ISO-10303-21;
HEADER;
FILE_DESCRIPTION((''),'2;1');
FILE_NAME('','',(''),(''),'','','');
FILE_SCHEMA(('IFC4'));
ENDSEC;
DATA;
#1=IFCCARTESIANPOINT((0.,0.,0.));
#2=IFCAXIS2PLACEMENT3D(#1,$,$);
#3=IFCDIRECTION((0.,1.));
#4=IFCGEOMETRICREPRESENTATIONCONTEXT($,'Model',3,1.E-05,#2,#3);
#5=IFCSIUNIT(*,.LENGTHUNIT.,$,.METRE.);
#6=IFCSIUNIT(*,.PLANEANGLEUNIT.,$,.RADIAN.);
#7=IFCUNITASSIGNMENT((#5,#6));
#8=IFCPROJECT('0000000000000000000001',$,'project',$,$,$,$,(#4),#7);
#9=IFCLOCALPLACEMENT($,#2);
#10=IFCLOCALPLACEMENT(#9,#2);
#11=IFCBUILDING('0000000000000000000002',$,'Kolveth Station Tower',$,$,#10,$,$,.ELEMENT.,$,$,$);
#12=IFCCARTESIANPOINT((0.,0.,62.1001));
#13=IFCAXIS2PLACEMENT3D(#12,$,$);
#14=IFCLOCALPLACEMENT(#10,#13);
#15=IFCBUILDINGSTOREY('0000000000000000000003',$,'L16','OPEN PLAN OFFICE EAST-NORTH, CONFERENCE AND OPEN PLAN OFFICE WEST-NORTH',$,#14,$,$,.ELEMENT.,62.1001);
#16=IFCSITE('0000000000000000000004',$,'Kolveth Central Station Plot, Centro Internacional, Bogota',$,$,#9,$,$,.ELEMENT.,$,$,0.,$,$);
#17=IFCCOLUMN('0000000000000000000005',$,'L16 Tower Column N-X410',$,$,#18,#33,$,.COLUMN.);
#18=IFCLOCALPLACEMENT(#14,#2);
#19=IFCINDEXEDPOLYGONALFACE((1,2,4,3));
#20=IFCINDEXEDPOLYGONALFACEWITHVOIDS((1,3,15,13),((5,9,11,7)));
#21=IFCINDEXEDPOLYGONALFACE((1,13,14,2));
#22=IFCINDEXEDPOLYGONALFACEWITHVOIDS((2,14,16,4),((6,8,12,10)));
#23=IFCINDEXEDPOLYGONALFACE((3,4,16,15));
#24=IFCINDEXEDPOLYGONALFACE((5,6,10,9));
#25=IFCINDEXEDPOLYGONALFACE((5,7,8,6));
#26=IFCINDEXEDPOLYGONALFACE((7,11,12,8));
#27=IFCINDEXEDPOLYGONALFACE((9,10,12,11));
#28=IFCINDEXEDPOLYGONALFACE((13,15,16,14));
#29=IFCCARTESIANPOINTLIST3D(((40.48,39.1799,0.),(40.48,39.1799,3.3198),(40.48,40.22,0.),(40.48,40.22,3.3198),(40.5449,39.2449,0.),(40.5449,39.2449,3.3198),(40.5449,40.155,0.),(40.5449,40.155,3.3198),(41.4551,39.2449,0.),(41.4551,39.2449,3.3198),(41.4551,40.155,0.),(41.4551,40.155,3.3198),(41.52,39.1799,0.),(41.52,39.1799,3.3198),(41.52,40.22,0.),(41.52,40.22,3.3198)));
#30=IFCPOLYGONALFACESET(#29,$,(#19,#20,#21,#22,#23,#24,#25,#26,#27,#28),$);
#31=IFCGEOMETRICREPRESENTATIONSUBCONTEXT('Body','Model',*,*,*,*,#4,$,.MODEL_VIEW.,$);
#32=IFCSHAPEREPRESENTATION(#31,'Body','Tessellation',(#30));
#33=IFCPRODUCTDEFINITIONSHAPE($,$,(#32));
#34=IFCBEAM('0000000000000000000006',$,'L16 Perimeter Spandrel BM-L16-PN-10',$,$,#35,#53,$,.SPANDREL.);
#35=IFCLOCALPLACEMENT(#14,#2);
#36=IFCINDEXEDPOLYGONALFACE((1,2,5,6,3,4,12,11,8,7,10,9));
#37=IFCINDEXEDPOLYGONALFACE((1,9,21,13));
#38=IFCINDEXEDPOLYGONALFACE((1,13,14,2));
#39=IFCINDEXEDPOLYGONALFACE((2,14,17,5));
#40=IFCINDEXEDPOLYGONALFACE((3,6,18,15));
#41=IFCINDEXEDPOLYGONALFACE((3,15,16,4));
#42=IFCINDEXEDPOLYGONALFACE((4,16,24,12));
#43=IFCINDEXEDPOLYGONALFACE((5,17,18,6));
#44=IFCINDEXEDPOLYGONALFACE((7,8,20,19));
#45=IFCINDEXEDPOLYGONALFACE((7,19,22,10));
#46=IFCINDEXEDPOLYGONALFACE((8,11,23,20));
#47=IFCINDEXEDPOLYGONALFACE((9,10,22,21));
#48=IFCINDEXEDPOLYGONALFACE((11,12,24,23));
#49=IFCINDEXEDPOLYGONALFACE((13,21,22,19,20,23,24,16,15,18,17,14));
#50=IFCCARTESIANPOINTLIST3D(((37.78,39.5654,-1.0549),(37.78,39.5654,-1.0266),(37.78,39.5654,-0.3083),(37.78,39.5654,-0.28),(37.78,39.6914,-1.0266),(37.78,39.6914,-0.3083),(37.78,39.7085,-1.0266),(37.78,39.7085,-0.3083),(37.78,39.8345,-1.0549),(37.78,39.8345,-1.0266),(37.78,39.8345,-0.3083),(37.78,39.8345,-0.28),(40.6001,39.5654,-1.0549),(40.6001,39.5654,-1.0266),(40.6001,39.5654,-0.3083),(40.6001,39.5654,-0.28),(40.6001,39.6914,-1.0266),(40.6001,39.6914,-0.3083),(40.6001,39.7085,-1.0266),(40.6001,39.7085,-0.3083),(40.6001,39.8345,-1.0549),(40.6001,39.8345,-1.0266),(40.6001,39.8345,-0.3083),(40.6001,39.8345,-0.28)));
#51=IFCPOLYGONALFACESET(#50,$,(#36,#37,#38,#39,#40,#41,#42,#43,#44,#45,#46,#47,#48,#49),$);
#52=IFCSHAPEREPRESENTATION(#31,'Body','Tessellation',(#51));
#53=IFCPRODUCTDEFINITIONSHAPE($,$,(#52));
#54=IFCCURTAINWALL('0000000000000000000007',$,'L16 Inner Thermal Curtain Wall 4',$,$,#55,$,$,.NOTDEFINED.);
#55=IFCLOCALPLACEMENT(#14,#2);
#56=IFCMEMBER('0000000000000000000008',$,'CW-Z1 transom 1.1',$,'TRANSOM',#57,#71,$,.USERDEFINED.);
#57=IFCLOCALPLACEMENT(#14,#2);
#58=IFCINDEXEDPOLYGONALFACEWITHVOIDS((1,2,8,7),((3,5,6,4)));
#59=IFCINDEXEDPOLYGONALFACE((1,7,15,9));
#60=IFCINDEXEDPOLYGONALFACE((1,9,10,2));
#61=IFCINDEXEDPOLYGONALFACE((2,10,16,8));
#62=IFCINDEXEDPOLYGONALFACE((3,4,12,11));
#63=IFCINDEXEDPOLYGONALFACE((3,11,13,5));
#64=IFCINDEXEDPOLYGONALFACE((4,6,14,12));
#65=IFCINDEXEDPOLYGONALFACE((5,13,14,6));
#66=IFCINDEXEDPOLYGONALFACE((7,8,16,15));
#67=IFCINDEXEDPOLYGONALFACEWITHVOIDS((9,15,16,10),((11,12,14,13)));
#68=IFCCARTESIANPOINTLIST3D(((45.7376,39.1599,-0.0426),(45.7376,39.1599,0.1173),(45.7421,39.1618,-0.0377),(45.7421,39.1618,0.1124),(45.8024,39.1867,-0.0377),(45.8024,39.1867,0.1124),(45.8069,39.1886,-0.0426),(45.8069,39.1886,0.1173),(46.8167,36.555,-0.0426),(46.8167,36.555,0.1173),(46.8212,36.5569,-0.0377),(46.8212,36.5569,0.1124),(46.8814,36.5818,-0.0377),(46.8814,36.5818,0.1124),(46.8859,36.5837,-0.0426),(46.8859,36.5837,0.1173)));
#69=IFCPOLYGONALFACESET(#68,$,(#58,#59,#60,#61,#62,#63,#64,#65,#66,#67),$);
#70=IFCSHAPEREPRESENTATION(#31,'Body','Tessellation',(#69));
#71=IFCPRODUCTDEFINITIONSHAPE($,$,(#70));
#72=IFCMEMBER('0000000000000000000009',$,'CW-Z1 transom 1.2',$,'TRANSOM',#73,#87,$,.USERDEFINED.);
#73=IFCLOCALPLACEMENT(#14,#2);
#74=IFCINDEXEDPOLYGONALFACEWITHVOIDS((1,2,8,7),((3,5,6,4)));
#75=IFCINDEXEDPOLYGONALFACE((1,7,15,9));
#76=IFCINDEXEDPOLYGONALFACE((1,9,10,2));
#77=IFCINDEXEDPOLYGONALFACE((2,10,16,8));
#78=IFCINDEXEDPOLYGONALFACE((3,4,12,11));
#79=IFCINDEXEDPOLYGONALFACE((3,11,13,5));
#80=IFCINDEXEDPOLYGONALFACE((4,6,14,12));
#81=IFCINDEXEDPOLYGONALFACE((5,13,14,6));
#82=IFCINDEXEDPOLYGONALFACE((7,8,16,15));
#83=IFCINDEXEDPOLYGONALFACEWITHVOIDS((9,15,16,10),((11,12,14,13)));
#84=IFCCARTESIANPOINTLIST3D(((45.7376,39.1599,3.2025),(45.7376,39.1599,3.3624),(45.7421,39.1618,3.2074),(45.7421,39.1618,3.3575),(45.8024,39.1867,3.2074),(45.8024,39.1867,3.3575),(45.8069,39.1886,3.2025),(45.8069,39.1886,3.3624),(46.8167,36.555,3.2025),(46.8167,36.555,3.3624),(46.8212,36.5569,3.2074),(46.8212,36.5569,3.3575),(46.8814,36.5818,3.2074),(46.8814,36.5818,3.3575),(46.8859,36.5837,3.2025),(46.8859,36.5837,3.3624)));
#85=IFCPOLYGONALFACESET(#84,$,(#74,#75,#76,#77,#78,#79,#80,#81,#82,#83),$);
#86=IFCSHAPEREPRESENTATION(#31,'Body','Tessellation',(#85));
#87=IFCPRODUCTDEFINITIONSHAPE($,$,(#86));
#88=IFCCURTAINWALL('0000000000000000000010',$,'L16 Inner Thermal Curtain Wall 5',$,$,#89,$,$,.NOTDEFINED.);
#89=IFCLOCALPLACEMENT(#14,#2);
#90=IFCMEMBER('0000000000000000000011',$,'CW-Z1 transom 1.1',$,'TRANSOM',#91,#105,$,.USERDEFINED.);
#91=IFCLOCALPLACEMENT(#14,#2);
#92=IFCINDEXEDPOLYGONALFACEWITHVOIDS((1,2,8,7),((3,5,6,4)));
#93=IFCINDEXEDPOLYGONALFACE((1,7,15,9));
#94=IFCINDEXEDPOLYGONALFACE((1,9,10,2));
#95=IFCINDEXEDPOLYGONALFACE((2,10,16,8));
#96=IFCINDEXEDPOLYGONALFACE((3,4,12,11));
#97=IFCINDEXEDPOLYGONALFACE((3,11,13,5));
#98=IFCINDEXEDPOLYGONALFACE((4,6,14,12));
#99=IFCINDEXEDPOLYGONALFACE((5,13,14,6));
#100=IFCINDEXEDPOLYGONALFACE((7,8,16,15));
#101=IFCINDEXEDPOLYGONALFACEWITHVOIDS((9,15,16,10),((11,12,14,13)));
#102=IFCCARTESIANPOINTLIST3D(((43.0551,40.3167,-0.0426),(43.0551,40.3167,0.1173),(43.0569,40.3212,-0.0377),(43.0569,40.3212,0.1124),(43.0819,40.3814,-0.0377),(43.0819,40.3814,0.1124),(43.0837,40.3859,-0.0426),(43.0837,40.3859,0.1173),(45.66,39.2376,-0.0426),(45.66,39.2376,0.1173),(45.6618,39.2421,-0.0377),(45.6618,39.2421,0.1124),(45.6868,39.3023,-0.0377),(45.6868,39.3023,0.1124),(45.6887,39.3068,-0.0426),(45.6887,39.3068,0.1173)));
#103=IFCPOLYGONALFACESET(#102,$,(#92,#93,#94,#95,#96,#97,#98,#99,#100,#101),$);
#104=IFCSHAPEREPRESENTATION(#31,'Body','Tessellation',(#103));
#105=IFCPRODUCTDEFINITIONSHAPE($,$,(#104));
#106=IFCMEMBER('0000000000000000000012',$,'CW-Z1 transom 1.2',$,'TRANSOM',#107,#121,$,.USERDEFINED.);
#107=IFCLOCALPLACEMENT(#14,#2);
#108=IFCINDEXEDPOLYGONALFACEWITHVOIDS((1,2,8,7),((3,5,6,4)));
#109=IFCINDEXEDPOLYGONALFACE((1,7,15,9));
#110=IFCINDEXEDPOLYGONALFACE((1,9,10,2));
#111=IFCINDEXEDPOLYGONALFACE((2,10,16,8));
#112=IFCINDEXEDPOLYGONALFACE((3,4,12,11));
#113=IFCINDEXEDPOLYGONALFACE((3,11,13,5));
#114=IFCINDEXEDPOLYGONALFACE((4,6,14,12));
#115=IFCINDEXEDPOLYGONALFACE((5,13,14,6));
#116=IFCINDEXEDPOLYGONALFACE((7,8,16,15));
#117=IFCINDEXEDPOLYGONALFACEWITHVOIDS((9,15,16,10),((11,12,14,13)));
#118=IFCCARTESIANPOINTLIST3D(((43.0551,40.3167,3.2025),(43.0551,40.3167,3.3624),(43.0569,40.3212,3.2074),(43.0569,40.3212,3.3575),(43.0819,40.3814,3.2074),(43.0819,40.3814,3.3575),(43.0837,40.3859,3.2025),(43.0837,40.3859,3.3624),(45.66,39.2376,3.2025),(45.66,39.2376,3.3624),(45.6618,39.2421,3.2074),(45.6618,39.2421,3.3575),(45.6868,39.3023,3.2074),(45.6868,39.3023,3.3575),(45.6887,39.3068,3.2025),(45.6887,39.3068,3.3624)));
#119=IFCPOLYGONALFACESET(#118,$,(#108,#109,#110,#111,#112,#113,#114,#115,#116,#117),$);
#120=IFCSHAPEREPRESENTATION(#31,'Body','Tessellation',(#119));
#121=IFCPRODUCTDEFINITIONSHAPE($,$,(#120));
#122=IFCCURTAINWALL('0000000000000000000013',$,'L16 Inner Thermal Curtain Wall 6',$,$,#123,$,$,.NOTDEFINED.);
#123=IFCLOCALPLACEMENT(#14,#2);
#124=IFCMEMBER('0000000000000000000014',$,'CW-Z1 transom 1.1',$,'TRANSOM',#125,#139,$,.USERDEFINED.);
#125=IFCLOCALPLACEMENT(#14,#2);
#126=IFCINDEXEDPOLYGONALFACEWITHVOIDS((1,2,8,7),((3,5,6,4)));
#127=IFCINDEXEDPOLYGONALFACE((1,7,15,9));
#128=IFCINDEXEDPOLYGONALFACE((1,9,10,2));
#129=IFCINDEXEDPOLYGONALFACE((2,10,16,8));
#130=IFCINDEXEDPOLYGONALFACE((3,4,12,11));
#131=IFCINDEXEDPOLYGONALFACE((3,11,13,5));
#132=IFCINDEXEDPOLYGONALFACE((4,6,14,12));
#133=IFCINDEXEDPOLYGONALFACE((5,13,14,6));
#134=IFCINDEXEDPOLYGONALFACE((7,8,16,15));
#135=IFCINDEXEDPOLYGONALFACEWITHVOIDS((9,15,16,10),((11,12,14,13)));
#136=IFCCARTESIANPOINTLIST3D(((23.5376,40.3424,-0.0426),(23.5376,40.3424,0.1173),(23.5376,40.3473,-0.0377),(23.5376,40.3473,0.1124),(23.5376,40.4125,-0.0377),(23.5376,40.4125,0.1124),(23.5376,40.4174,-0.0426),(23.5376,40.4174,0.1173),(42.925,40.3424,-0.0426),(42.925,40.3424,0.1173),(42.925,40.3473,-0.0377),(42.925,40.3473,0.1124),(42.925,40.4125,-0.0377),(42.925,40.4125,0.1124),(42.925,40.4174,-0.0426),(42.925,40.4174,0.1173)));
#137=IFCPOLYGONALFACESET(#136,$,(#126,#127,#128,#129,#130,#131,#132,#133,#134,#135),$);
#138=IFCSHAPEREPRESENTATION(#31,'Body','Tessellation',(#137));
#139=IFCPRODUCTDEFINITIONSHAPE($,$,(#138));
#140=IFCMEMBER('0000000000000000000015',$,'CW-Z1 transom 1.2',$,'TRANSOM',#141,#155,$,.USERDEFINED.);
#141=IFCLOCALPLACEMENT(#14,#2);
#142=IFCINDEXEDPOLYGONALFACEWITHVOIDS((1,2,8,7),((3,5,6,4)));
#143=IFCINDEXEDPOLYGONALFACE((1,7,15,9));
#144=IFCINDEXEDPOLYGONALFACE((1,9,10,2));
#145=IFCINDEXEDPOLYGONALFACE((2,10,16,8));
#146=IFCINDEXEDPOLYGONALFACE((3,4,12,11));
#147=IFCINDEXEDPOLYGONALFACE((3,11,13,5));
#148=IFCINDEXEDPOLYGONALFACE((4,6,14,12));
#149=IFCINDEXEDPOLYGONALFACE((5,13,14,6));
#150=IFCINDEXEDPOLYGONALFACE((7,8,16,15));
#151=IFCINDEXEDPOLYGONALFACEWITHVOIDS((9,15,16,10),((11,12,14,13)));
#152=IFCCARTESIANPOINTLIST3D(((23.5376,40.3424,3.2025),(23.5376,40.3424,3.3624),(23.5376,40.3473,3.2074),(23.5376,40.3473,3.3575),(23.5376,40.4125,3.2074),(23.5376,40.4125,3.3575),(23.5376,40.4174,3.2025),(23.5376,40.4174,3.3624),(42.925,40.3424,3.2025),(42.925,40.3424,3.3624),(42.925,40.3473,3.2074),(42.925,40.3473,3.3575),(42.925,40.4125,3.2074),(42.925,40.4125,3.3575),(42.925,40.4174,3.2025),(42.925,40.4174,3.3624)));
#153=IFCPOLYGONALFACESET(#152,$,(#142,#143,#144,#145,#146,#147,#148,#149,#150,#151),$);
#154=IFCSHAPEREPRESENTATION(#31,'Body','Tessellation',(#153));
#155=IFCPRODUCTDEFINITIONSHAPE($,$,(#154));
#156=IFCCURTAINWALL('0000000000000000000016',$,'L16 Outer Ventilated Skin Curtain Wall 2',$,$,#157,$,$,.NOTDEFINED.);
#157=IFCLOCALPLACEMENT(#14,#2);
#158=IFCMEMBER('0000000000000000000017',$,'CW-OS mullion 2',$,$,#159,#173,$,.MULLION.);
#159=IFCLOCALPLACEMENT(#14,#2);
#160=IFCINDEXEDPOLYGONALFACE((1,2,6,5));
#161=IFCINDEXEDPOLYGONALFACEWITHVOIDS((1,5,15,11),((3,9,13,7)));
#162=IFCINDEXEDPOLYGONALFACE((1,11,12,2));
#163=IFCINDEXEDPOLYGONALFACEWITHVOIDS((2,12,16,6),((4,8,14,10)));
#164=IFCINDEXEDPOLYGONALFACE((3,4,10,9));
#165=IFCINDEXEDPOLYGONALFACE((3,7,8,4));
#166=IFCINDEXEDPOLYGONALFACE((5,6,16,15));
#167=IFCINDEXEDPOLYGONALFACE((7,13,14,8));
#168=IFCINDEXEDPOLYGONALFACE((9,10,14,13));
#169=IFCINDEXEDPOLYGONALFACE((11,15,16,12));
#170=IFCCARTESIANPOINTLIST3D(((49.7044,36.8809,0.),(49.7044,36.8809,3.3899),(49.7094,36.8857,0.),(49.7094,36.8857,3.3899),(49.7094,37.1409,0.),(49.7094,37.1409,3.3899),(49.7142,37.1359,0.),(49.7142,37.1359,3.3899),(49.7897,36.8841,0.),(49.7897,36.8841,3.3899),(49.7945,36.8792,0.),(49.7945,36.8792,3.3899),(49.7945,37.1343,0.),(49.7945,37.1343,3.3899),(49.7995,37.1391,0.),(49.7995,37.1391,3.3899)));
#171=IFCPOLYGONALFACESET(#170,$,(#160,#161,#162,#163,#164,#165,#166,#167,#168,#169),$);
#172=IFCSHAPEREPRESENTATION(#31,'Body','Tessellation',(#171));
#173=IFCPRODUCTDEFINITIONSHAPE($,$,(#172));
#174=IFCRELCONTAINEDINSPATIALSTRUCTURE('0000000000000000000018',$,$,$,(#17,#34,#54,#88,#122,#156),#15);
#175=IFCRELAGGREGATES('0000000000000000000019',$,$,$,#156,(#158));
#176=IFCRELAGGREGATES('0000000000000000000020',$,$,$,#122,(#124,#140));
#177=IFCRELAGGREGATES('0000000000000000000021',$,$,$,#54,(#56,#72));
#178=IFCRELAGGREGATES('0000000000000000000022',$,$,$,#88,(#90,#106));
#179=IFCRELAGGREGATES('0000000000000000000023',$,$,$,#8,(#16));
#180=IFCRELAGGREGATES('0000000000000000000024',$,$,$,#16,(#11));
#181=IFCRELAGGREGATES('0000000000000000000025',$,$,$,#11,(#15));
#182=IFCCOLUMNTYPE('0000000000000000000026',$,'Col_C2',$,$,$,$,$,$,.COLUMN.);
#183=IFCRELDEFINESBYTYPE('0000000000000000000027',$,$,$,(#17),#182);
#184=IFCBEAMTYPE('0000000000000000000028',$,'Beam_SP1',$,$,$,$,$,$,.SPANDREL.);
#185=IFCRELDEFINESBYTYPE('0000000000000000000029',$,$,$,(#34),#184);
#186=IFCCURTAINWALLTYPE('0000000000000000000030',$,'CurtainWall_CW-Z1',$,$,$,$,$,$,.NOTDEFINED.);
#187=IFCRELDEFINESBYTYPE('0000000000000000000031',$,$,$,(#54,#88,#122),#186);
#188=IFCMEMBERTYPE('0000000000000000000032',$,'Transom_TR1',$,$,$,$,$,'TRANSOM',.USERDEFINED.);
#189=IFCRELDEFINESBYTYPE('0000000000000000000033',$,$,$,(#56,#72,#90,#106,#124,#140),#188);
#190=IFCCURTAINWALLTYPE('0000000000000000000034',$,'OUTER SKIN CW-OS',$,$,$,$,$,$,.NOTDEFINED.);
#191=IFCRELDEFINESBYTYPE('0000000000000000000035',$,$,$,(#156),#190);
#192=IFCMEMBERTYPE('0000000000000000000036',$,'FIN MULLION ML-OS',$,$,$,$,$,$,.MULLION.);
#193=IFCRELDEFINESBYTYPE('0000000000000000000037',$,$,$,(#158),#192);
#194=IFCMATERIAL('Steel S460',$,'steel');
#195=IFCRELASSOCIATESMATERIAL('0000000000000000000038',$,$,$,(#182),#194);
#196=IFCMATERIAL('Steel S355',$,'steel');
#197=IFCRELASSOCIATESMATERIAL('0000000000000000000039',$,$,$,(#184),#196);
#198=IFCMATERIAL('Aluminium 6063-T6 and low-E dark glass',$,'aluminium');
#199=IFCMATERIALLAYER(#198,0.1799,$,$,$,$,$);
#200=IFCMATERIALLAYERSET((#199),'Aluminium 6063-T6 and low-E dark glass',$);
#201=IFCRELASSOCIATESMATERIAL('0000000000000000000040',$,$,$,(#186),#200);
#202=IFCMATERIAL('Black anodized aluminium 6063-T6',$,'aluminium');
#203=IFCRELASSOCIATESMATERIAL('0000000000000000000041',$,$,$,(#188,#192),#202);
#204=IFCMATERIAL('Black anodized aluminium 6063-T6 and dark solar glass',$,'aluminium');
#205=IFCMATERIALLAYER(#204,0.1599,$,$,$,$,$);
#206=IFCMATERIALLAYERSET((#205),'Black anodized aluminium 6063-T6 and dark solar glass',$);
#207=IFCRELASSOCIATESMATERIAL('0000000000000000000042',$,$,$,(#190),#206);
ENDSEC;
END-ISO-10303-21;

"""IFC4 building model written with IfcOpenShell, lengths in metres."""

from ifc_helpers import new_model, si_unit, direction, frame, origin, origin_2d, place, context, subcontext, project, spatial, hollow_rectangle, i_section, extrude, source, transform, mapped, material, layer, layer_set, material_profile, profile_set, type_object, element, aggregate, save


model = new_model("IFC4")

# Units and contexts
model_context = context("Model", 3, precision=1e-05, world=origin(), true_north=direction((0.0, 1.0)))
body_context = subcontext(model_context, "Body", "Model", "MODEL_VIEW")
ifc_project = project(units=[si_unit("LENGTHUNIT", "METRE"), si_unit("PLANEANGLEUNIT", "RADIAN")], contexts=[model_context])

# Site, building, storey
site_placement = place(None, origin())
site = spatial("IfcSite", under=ifc_project, at=site_placement, Name="Kolveth Central Station Plot, Centro Internacional, Bogota", CompositionType="ELEMENT", RefElevation=0.0)
building_placement = place(site_placement, origin())
building = spatial("IfcBuilding", under=site, at=building_placement, Name="Kolveth Station Tower", CompositionType="ELEMENT")
storey_placement = place(building_placement, frame((0.0, 0.0, 62.1001)))
storey = spatial("IfcBuildingStorey", under=building, at=storey_placement, Name="L16", Description="OPEN PLAN OFFICE EAST-NORTH, CONFERENCE AND OPEN PLAN OFFICE WEST-NORTH", CompositionType="ELEMENT", Elevation=62.1001)

# Column
ifc_material_1 = material(Name="Steel S460", Category="steel")
ifc_material_profile_1 = material_profile(ifc_material_1, hollow_rectangle(XDim=1.04, YDim=1.04, WallThickness=0.0649, at=origin_2d()), Name="BOX1040x1040x65")
ifc_profile_set_1 = profile_set([ifc_material_profile_1], Name="Steel S460")
column_type = type_object("IfcColumnType", Name="Col_C2", PredefinedType="COLUMN", material=ifc_profile_set_1)
shared_shape_1 = source(origin(), body_context, "Body", "SweptSolid", [
    extrude(hollow_rectangle(XDim=1.04, YDim=1.04, WallThickness=0.0649, at=origin_2d()), origin(), (0.0, 0.0, 1.0), 3.3198),
])
column_placement = place(storey_placement, frame((41.0, 39.7, 0.0), z_axis=(0.0, 0.0, 1.0), x_axis=(1.0, 0.0, 0.0)))
element("IfcColumn", 1, at=column_placement, inside=storey, type_object=column_type, Name="L16 Tower Column N-X410", PredefinedType="COLUMN", context=body_context, shape_type="MappedRepresentation", body=[
    mapped(shared_shape_1, transform((0.0, 0.0, 0.0), x_axis=(1.0, 0.0, 0.0), y_axis=(0.0, 1.0, 0.0), z_axis=(0.0, 0.0, 1.0), scale=1.0)),
])

# Beam
ifc_material_2 = material(Name="Steel S355", Category="steel")
ifc_material_profile_2 = material_profile(ifc_material_2, i_section(OverallWidth=0.269, OverallDepth=0.7749, WebThickness=0.0171, FlangeThickness=0.0283, at=origin_2d()), Name="W760x220")
ifc_profile_set_2 = profile_set([ifc_material_profile_2], Name="Steel S355")
beam_type = type_object("IfcBeamType", Name="Beam_SP1", PredefinedType="SPANDREL", material=ifc_profile_set_2)
shared_shape_2 = source(origin(), body_context, "Body", "SweptSolid", [
    extrude(i_section(OverallWidth=0.269, OverallDepth=0.7749, WebThickness=0.0171, FlangeThickness=0.0283, at=origin_2d()), origin(), (0.0, 0.0, 1.0), 2.8201),
])
beam_placement = place(storey_placement, frame((37.78, 39.7, -0.6675), z_axis=(1.0, 0.0, 0.0), x_axis=(0.0, 1.0, 0.0)))
element("IfcBeam", 2, at=beam_placement, inside=storey, type_object=beam_type, Name="L16 Perimeter Spandrel BM-L16-PN-10", PredefinedType="SPANDREL", context=body_context, shape_type="MappedRepresentation", body=[
    mapped(shared_shape_2, transform((0.0, 0.0, 0.0), x_axis=(1.0, 0.0, 0.0), y_axis=(0.0, 1.0, 0.0), z_axis=(0.0, 0.0, 1.0), scale=1.0)),
])

# Curtain walls, members
ifc_material_3 = material(Name="Aluminium 6063-T6 and low-E dark glass", Category="aluminium")
ifc_layer_1 = layer(ifc_material_3, 0.1799)
ifc_layer_set_1 = layer_set([ifc_layer_1], Name="Aluminium 6063-T6 and low-E dark glass")
curtain_wall_type_1 = type_object("IfcCurtainWallType", Name="CurtainWall_CW-Z1", PredefinedType="NOTDEFINED", material=ifc_layer_set_1)
curtain_wall_1_placement = place(storey_placement, origin())
curtain_wall_1 = element("IfcCurtainWall", 3, at=curtain_wall_1_placement, inside=storey, type_object=curtain_wall_type_1, Name="L16 Inner Thermal Curtain Wall 4", PredefinedType="NOTDEFINED")
ifc_material_4 = material(Name="Black anodized aluminium 6063-T6", Category="aluminium")
ifc_material_profile_3 = material_profile(ifc_material_4, hollow_rectangle(XDim=0.075, YDim=0.1599, WallThickness=0.0049, at=origin_2d()), Name="ALU-75x160x5")
ifc_profile_set_3 = profile_set([ifc_material_profile_3], Name="Black anodized aluminium 6063-T6")
member_type_1 = type_object("IfcMemberType", Name="Transom_TR1", ElementType="TRANSOM", PredefinedType="USERDEFINED", material=ifc_profile_set_3)
shared_shape_3 = source(origin(), body_context, "Body", "SweptSolid", [
    extrude(hollow_rectangle(XDim=0.075, YDim=0.1599, WallThickness=0.0049, at=origin_2d()), origin(), (0.0, 0.0, 1.0), 2.8196),
])
member_1_placement = place(storey_placement, frame((46.8513, 36.5693, 0.0374), z_axis=(-0.382709, 0.923869, 0.0), x_axis=(-0.923869, -0.382709, 0.0)))
member_1 = element("IfcMember", 4, at=member_1_placement, type_object=member_type_1, Name="CW-Z1 transom 1.1", ObjectType="TRANSOM", PredefinedType="USERDEFINED", context=body_context, shape_type="MappedRepresentation", body=[
    mapped(shared_shape_3, transform((0.0, 0.0, 0.0), x_axis=(1.0, 0.0, 0.0), y_axis=(0.0, 1.0, 0.0), z_axis=(0.0, 0.0, 1.0), scale=1.0)),
])
member_2_placement = place(storey_placement, frame((46.8513, 36.5693, 3.2825), z_axis=(-0.382709, 0.923869, 0.0), x_axis=(-0.923869, -0.382709, 0.0)))
member_2 = element("IfcMember", 5, at=member_2_placement, type_object=member_type_1, Name="CW-Z1 transom 1.2", ObjectType="TRANSOM", PredefinedType="USERDEFINED", context=body_context, shape_type="MappedRepresentation", body=[
    mapped(shared_shape_3, transform((0.0, 0.0, 0.0), x_axis=(1.0, 0.0, 0.0), y_axis=(0.0, 1.0, 0.0), z_axis=(0.0, 0.0, 1.0), scale=1.0)),
])
curtain_wall_2_placement = place(storey_placement, origin())
curtain_wall_2 = element("IfcCurtainWall", 6, at=curtain_wall_2_placement, inside=storey, type_object=curtain_wall_type_1, Name="L16 Inner Thermal Curtain Wall 5", PredefinedType="NOTDEFINED")
member_3_placement = place(storey_placement, frame((45.6743, 39.2722, 0.0374), z_axis=(-0.923869, 0.382709, 0.0), x_axis=(-0.382709, -0.923869, 0.0)))
member_3 = element("IfcMember", 7, at=member_3_placement, type_object=member_type_1, Name="CW-Z1 transom 1.1", ObjectType="TRANSOM", PredefinedType="USERDEFINED", context=body_context, shape_type="MappedRepresentation", body=[
    mapped(shared_shape_3, transform((0.0, 0.0, 0.0), x_axis=(1.0, 0.0, 0.0), y_axis=(0.0, 1.0, 0.0), z_axis=(0.0, 0.0, 1.0), scale=1.0)),
])
member_4_placement = place(storey_placement, frame((45.6743, 39.2722, 3.2825), z_axis=(-0.923869, 0.382709, 0.0), x_axis=(-0.382709, -0.923869, 0.0)))
member_4 = element("IfcMember", 8, at=member_4_placement, type_object=member_type_1, Name="CW-Z1 transom 1.2", ObjectType="TRANSOM", PredefinedType="USERDEFINED", context=body_context, shape_type="MappedRepresentation", body=[
    mapped(shared_shape_3, transform((0.0, 0.0, 0.0), x_axis=(1.0, 0.0, 0.0), y_axis=(0.0, 1.0, 0.0), z_axis=(0.0, 0.0, 1.0), scale=1.0)),
])
curtain_wall_3_placement = place(storey_placement, origin())
curtain_wall_3 = element("IfcCurtainWall", 9, at=curtain_wall_3_placement, inside=storey, type_object=curtain_wall_type_1, Name="L16 Inner Thermal Curtain Wall 6", PredefinedType="NOTDEFINED")
shared_shape_4 = source(origin(), body_context, "Body", "SweptSolid", [
    extrude(hollow_rectangle(XDim=0.075, YDim=0.1599, WallThickness=0.0049, at=origin_2d()), origin(), (0.0, 0.0, 1.0), 19.3875),
])
member_5_placement = place(storey_placement, frame((42.925, 40.3799, 0.0374), z_axis=(-1.0, 0.0, 0.0), x_axis=(0.0, -1.0, 0.0)))
member_5 = element("IfcMember", 10, at=member_5_placement, type_object=member_type_1, Name="CW-Z1 transom 1.1", ObjectType="TRANSOM", PredefinedType="USERDEFINED", context=body_context, shape_type="MappedRepresentation", body=[
    mapped(shared_shape_4, transform((0.0, 0.0, 0.0), x_axis=(1.0, 0.0, 0.0), y_axis=(0.0, 1.0, 0.0), z_axis=(0.0, 0.0, 1.0), scale=1.0)),
])
member_6_placement = place(storey_placement, frame((42.925, 40.3799, 3.2825), z_axis=(-1.0, 0.0, 0.0), x_axis=(0.0, -1.0, 0.0)))
member_6 = element("IfcMember", 11, at=member_6_placement, type_object=member_type_1, Name="CW-Z1 transom 1.2", ObjectType="TRANSOM", PredefinedType="USERDEFINED", context=body_context, shape_type="MappedRepresentation", body=[
    mapped(shared_shape_4, transform((0.0, 0.0, 0.0), x_axis=(1.0, 0.0, 0.0), y_axis=(0.0, 1.0, 0.0), z_axis=(0.0, 0.0, 1.0), scale=1.0)),
])

# Curtain wall, member
ifc_material_5 = material(Name="Black anodized aluminium 6063-T6 and dark solar glass", Category="aluminium")
ifc_layer_2 = layer(ifc_material_5, 0.1599)
ifc_layer_set_2 = layer_set([ifc_layer_2], Name="Black anodized aluminium 6063-T6 and dark solar glass")
curtain_wall_type_2 = type_object("IfcCurtainWallType", Name="OUTER SKIN CW-OS", PredefinedType="NOTDEFINED", material=ifc_layer_set_2)
curtain_wall_4_placement = place(storey_placement, origin())
curtain_wall_4 = element("IfcCurtainWall", 12, at=curtain_wall_4_placement, inside=storey, type_object=curtain_wall_type_2, Name="L16 Outer Ventilated Skin Curtain Wall 2", PredefinedType="NOTDEFINED")
ifc_material_profile_4 = material_profile(ifc_material_4, hollow_rectangle(XDim=0.0901, YDim=0.26, WallThickness=0.0049, at=origin_2d()), Name="ALU-90x260x5")
ifc_profile_set_4 = profile_set([ifc_material_profile_4], Name="Black anodized aluminium 6063-T6")
member_type_2 = type_object("IfcMemberType", Name="FIN MULLION ML-OS", PredefinedType="MULLION", material=ifc_profile_set_4)
shared_shape_5 = source(origin(), body_context, "Body", "SweptSolid", [
    extrude(hollow_rectangle(XDim=0.0901, YDim=0.26, WallThickness=0.0049, at=origin_2d()), origin(), (0.0, 0.0, 1.0), 3.3899),
])
member_7_placement = place(storey_placement, frame((49.752, 37.01, 0.0), z_axis=(0.0, 0.0, 1.0), x_axis=(-0.999811, 0.019437, 0.0)))
member_7 = element("IfcMember", 13, at=member_7_placement, type_object=member_type_2, Name="CW-OS mullion 2", PredefinedType="MULLION", context=body_context, shape_type="MappedRepresentation", body=[
    mapped(shared_shape_5, transform((0.0, 0.0, 0.0), x_axis=(1.0, 0.0, 0.0), y_axis=(0.0, 1.0, 0.0), z_axis=(0.0, 0.0, 1.0), scale=1.0)),
])
aggregate(curtain_wall_4, [member_7])

aggregate(curtain_wall_3, [member_5, member_6])

aggregate(curtain_wall_1, [member_1, member_2])
aggregate(curtain_wall_2, [member_3, member_4])

save(model, "model.ifc")
